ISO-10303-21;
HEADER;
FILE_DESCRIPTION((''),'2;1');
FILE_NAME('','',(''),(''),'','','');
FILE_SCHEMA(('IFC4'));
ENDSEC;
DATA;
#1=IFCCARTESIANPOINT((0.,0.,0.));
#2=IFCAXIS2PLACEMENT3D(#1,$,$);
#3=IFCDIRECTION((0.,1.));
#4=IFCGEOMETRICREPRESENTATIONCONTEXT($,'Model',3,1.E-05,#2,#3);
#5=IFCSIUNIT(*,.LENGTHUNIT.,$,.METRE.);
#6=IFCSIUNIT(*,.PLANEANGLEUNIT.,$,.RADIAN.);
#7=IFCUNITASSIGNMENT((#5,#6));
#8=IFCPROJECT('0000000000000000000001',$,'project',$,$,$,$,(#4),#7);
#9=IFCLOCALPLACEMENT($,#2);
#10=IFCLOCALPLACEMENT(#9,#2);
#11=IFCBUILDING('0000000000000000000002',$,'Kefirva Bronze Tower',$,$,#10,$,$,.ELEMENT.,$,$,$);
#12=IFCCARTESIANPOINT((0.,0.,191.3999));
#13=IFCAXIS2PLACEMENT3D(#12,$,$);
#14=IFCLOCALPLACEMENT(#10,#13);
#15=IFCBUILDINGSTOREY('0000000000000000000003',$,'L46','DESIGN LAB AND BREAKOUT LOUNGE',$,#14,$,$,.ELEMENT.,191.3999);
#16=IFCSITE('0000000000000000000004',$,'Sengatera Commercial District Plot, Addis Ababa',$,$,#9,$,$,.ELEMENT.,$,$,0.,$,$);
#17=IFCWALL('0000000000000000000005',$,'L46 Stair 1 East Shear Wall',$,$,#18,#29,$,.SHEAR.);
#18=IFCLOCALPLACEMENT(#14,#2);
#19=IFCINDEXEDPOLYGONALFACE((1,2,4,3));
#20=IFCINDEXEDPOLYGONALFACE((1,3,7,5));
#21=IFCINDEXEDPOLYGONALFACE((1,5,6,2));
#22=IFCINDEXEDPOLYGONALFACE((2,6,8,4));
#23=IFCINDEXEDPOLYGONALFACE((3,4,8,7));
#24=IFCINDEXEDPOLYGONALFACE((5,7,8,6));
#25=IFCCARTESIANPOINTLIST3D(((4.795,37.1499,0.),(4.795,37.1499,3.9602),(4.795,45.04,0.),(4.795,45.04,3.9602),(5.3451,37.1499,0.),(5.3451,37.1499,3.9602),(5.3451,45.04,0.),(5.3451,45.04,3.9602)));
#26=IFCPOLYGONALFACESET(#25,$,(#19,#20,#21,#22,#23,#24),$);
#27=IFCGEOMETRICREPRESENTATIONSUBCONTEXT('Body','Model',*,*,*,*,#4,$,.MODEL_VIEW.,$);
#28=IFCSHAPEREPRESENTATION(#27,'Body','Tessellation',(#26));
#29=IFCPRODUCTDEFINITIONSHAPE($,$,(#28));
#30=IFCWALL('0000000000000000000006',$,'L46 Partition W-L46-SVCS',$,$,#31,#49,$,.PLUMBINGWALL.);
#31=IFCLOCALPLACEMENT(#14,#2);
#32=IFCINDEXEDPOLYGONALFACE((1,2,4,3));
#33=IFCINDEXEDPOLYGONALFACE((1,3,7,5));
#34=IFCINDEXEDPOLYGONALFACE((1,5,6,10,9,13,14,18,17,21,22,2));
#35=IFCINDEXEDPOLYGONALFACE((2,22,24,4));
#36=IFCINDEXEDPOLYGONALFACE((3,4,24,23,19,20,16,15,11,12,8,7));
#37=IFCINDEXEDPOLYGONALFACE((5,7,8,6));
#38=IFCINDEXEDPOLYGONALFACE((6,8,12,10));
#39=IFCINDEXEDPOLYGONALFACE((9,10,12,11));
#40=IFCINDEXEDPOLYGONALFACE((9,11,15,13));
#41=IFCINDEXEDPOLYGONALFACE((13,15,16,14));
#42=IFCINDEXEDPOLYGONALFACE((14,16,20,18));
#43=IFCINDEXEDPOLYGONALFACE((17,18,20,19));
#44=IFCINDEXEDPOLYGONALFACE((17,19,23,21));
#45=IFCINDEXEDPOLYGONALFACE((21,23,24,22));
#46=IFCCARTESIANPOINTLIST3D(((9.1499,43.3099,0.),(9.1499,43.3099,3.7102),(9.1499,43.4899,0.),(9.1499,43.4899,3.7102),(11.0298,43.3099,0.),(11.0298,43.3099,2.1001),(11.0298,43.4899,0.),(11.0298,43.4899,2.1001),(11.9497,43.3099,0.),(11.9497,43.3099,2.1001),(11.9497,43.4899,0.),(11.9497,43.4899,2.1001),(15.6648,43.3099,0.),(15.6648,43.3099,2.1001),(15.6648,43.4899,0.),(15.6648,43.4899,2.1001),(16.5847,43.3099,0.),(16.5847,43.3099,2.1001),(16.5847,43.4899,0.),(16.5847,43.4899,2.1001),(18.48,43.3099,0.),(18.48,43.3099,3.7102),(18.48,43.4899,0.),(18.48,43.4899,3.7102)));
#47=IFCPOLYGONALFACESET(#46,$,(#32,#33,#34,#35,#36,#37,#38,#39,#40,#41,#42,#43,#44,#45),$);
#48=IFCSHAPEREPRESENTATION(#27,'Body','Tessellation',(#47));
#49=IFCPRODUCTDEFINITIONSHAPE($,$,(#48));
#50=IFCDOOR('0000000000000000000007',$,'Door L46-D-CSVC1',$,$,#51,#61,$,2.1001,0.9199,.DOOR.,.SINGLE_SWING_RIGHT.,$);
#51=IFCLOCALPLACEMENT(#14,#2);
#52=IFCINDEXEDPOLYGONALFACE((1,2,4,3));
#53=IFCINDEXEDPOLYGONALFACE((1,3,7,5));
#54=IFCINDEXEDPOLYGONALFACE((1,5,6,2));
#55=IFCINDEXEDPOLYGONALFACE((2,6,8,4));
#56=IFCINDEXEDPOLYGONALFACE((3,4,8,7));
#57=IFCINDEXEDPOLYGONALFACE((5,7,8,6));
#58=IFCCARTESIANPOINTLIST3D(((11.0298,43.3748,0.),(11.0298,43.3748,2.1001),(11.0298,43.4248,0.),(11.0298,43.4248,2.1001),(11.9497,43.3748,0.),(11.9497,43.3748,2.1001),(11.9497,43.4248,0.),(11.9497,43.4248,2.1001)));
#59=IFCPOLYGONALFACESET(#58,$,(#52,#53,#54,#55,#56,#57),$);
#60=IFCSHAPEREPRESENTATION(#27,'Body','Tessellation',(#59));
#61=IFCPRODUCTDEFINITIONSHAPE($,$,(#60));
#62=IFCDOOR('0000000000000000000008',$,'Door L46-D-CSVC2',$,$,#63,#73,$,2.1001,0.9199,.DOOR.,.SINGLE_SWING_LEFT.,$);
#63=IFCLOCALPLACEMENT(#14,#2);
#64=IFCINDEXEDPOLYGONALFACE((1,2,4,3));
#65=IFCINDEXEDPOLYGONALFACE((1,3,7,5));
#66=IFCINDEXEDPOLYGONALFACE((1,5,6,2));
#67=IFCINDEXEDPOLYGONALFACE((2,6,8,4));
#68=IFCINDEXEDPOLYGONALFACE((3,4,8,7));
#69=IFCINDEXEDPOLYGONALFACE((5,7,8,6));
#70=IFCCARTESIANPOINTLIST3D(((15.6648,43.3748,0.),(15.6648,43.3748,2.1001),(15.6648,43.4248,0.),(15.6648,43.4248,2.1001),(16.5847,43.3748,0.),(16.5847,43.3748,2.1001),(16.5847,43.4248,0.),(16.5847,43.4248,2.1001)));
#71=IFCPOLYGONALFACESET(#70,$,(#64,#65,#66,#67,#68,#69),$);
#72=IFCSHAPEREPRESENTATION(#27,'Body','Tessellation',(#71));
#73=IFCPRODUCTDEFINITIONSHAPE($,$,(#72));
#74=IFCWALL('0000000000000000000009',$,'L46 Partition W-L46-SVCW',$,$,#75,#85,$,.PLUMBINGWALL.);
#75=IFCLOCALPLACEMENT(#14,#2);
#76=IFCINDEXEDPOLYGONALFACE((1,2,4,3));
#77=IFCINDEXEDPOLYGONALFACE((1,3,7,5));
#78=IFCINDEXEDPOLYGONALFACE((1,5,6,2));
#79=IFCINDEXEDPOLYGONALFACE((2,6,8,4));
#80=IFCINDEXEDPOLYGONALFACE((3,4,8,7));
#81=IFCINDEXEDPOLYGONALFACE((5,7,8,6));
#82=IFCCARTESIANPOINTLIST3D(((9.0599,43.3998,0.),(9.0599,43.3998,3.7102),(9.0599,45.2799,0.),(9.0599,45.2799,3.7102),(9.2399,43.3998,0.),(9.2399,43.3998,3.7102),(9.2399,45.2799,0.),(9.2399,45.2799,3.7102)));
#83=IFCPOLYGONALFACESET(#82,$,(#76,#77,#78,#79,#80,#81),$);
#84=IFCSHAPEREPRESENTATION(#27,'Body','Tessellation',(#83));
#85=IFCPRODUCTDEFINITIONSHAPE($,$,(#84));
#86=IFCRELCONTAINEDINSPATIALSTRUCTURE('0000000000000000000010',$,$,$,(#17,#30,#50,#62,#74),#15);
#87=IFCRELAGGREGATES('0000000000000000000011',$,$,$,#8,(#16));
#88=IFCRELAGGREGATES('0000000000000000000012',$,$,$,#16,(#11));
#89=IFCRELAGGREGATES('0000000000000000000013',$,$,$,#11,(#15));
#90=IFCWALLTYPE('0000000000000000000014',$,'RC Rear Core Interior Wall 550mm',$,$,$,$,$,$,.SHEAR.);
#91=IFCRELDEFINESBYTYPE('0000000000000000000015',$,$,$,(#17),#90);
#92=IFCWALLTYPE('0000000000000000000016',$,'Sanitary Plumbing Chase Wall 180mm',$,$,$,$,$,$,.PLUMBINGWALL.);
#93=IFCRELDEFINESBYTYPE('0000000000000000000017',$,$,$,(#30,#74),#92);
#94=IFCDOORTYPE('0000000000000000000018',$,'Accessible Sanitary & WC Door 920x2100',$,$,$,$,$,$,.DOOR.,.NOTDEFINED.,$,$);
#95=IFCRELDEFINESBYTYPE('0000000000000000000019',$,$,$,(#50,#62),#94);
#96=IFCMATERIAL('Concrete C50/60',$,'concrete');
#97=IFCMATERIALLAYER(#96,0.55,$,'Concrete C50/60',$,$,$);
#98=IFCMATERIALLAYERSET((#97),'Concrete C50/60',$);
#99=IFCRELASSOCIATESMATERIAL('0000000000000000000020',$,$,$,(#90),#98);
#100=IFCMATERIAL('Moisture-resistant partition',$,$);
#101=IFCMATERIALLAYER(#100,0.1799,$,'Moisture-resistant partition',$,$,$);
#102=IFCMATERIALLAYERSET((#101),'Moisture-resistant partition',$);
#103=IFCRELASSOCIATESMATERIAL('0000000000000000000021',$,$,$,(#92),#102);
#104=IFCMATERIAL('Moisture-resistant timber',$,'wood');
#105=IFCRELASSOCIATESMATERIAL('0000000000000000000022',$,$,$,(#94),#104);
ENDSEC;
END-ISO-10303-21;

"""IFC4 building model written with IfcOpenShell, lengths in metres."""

from ifc_helpers import new_model, si_unit, direction, frame, frame_2d, origin, place, context, subcontext, project, spatial, rectangle, extrude, material, layer, layer_set, type_object, element, fill, save


model = new_model("IFC4")

# Units and contexts
model_context = context("Model", 3, precision=1e-05, world=origin(), true_north=direction((0.0, 1.0)))
body_context = subcontext(model_context, "Body", "Model", "MODEL_VIEW")
ifc_project = project(units=[si_unit("LENGTHUNIT", "METRE"), si_unit("PLANEANGLEUNIT", "RADIAN")], contexts=[model_context])

# Site, building, storey
site_placement = place(None, origin())
site = spatial("IfcSite", under=ifc_project, at=site_placement, Name="Sengatera Commercial District Plot, Addis Ababa", CompositionType="ELEMENT", RefElevation=0.0)
building_placement = place(site_placement, origin())
building = spatial("IfcBuilding", under=site, at=building_placement, Name="Kefirva Bronze Tower", CompositionType="ELEMENT")
storey_placement = place(building_placement, frame((0.0, 0.0, 191.3999)))
storey = spatial("IfcBuildingStorey", under=building, at=storey_placement, Name="L46", Description="DESIGN LAB AND BREAKOUT LOUNGE", CompositionType="ELEMENT", Elevation=191.3999)

# Wall
ifc_material_1 = material(Name="Concrete C50/60", Category="concrete")
ifc_layer_1 = layer(ifc_material_1, 0.55, Name="Concrete C50/60")
ifc_layer_set_1 = layer_set([ifc_layer_1], Name="Concrete C50/60")
wall_type_1 = type_object("IfcWallType", Name="RC Rear Core Interior Wall 550mm", PredefinedType="SHEAR", material=ifc_layer_set_1)
wall_1_placement = place(storey_placement, frame((5.0701, 37.1499, 0.0), z_axis=(0.0, 0.0, 1.0), x_axis=(0.0, 1.0, 0.0)))
element("IfcWall", 1, at=wall_1_placement, inside=storey, type_object=wall_type_1, Name="L46 Stair 1 East Shear Wall", PredefinedType="SHEAR", context=body_context, shape_type="SweptSolid", body=[
    extrude(rectangle(XDim=7.8901, YDim=0.55, at=frame_2d((3.9451, 0.0))), origin(), (0.0, 0.0, 1.0), 3.9602),
])

# Wall, openings, doors
ifc_material_2 = material(Name="Moisture-resistant partition")
ifc_layer_2 = layer(ifc_material_2, 0.1799, Name="Moisture-resistant partition")
ifc_layer_set_2 = layer_set([ifc_layer_2], Name="Moisture-resistant partition")
wall_type_2 = type_object("IfcWallType", Name="Sanitary Plumbing Chase Wall 180mm", PredefinedType="PLUMBINGWALL", material=ifc_layer_set_2)
wall_2_placement = place(storey_placement, frame((9.1499, 43.3999, 0.0), z_axis=(0.0, 0.0, 1.0), x_axis=(1.0, 0.0, 0.0)))
wall_2 = element("IfcWall", 2, at=wall_2_placement, inside=storey, type_object=wall_type_2, Name="L46 Partition W-L46-SVCS", PredefinedType="PLUMBINGWALL", context=body_context, shape_type="SweptSolid", body=[
    extrude(rectangle(XDim=9.3301, YDim=0.1799, at=frame_2d((4.665, 0.0))), origin(), (0.0, 0.0, 1.0), 3.7102),
])
opening_1_placement = place(wall_2_placement, frame((1.8799, 0.0, 0.0)))
opening_1 = element("IfcOpeningElement", 3, at=opening_1_placement, cuts=wall_2, PredefinedType="OPENING", context=body_context, shape_type="SweptSolid", body=[
    extrude(rectangle(XDim=0.9199, YDim=2.1001, at=frame_2d((0.46, 1.05))), frame((0.0, 0.1001, 0.0), z_axis=(0.0, -1.0, 0.0), x_axis=(1.0, 0.0, 0.0)), (0.0, 0.0, 1.0), 0.2),
])
opening_2_placement = place(wall_2_placement, frame((6.5149, 0.0, 0.0)))
opening_2 = element("IfcOpeningElement", 4, at=opening_2_placement, cuts=wall_2, PredefinedType="OPENING", context=body_context, shape_type="SweptSolid", body=[
    extrude(rectangle(XDim=0.9199, YDim=2.1001, at=frame_2d((0.46, 1.05))), frame((0.0, 0.1001, 0.0), z_axis=(0.0, -1.0, 0.0), x_axis=(1.0, 0.0, 0.0)), (0.0, 0.0, 1.0), 0.2),
])
ifc_material_3 = material(Name="Moisture-resistant timber", Category="wood")
door_type_1 = type_object("IfcDoorType", Name="Accessible Sanitary & WC Door 920x2100", OperationType="NOTDEFINED", PredefinedType="DOOR", material=ifc_material_3)
door_1_placement = place(opening_1_placement, origin())
door_1 = element("IfcDoor", 5, at=door_1_placement, inside=storey, type_object=door_type_1, Name="Door L46-D-CSVC1", OperationType="SINGLE_SWING_RIGHT", OverallHeight=2.1001, OverallWidth=0.9199, PredefinedType="DOOR", context=body_context, shape_type="SweptSolid", body=[
    extrude(rectangle(XDim=0.9199, YDim=2.1001, at=frame_2d((0.46, 1.05))), frame((0.0, 0.0249, 0.0), z_axis=(0.0, -1.0, 0.0), x_axis=(1.0, 0.0, 0.0)), (0.0, 0.0, 1.0), 0.05),
])
fill(opening_1, door_1)
door_2_placement = place(opening_2_placement, origin())
door_2 = element("IfcDoor", 6, at=door_2_placement, inside=storey, type_object=door_type_1, Name="Door L46-D-CSVC2", OperationType="SINGLE_SWING_LEFT", OverallHeight=2.1001, OverallWidth=0.9199, PredefinedType="DOOR", context=body_context, shape_type="SweptSolid", body=[
    extrude(rectangle(XDim=0.9199, YDim=2.1001, at=frame_2d((0.46, 1.05))), frame((0.0, 0.0249, 0.0), z_axis=(0.0, -1.0, 0.0), x_axis=(1.0, 0.0, 0.0)), (0.0, 0.0, 1.0), 0.05),
])
fill(opening_2, door_2)

# Wall
wall_3_placement = place(storey_placement, frame((9.1499, 43.3999, 0.0), z_axis=(0.0, 0.0, 1.0), x_axis=(0.0, 1.0, 0.0)))
element("IfcWall", 7, at=wall_3_placement, inside=storey, type_object=wall_type_2, Name="L46 Partition W-L46-SVCW", PredefinedType="PLUMBINGWALL", context=body_context, shape_type="SweptSolid", body=[
    extrude(rectangle(XDim=1.8801, YDim=0.1799, at=frame_2d((0.9399, 0.0))), origin(), (0.0, 0.0, 1.0), 3.7102),
])

save(model, "model.ifc")
